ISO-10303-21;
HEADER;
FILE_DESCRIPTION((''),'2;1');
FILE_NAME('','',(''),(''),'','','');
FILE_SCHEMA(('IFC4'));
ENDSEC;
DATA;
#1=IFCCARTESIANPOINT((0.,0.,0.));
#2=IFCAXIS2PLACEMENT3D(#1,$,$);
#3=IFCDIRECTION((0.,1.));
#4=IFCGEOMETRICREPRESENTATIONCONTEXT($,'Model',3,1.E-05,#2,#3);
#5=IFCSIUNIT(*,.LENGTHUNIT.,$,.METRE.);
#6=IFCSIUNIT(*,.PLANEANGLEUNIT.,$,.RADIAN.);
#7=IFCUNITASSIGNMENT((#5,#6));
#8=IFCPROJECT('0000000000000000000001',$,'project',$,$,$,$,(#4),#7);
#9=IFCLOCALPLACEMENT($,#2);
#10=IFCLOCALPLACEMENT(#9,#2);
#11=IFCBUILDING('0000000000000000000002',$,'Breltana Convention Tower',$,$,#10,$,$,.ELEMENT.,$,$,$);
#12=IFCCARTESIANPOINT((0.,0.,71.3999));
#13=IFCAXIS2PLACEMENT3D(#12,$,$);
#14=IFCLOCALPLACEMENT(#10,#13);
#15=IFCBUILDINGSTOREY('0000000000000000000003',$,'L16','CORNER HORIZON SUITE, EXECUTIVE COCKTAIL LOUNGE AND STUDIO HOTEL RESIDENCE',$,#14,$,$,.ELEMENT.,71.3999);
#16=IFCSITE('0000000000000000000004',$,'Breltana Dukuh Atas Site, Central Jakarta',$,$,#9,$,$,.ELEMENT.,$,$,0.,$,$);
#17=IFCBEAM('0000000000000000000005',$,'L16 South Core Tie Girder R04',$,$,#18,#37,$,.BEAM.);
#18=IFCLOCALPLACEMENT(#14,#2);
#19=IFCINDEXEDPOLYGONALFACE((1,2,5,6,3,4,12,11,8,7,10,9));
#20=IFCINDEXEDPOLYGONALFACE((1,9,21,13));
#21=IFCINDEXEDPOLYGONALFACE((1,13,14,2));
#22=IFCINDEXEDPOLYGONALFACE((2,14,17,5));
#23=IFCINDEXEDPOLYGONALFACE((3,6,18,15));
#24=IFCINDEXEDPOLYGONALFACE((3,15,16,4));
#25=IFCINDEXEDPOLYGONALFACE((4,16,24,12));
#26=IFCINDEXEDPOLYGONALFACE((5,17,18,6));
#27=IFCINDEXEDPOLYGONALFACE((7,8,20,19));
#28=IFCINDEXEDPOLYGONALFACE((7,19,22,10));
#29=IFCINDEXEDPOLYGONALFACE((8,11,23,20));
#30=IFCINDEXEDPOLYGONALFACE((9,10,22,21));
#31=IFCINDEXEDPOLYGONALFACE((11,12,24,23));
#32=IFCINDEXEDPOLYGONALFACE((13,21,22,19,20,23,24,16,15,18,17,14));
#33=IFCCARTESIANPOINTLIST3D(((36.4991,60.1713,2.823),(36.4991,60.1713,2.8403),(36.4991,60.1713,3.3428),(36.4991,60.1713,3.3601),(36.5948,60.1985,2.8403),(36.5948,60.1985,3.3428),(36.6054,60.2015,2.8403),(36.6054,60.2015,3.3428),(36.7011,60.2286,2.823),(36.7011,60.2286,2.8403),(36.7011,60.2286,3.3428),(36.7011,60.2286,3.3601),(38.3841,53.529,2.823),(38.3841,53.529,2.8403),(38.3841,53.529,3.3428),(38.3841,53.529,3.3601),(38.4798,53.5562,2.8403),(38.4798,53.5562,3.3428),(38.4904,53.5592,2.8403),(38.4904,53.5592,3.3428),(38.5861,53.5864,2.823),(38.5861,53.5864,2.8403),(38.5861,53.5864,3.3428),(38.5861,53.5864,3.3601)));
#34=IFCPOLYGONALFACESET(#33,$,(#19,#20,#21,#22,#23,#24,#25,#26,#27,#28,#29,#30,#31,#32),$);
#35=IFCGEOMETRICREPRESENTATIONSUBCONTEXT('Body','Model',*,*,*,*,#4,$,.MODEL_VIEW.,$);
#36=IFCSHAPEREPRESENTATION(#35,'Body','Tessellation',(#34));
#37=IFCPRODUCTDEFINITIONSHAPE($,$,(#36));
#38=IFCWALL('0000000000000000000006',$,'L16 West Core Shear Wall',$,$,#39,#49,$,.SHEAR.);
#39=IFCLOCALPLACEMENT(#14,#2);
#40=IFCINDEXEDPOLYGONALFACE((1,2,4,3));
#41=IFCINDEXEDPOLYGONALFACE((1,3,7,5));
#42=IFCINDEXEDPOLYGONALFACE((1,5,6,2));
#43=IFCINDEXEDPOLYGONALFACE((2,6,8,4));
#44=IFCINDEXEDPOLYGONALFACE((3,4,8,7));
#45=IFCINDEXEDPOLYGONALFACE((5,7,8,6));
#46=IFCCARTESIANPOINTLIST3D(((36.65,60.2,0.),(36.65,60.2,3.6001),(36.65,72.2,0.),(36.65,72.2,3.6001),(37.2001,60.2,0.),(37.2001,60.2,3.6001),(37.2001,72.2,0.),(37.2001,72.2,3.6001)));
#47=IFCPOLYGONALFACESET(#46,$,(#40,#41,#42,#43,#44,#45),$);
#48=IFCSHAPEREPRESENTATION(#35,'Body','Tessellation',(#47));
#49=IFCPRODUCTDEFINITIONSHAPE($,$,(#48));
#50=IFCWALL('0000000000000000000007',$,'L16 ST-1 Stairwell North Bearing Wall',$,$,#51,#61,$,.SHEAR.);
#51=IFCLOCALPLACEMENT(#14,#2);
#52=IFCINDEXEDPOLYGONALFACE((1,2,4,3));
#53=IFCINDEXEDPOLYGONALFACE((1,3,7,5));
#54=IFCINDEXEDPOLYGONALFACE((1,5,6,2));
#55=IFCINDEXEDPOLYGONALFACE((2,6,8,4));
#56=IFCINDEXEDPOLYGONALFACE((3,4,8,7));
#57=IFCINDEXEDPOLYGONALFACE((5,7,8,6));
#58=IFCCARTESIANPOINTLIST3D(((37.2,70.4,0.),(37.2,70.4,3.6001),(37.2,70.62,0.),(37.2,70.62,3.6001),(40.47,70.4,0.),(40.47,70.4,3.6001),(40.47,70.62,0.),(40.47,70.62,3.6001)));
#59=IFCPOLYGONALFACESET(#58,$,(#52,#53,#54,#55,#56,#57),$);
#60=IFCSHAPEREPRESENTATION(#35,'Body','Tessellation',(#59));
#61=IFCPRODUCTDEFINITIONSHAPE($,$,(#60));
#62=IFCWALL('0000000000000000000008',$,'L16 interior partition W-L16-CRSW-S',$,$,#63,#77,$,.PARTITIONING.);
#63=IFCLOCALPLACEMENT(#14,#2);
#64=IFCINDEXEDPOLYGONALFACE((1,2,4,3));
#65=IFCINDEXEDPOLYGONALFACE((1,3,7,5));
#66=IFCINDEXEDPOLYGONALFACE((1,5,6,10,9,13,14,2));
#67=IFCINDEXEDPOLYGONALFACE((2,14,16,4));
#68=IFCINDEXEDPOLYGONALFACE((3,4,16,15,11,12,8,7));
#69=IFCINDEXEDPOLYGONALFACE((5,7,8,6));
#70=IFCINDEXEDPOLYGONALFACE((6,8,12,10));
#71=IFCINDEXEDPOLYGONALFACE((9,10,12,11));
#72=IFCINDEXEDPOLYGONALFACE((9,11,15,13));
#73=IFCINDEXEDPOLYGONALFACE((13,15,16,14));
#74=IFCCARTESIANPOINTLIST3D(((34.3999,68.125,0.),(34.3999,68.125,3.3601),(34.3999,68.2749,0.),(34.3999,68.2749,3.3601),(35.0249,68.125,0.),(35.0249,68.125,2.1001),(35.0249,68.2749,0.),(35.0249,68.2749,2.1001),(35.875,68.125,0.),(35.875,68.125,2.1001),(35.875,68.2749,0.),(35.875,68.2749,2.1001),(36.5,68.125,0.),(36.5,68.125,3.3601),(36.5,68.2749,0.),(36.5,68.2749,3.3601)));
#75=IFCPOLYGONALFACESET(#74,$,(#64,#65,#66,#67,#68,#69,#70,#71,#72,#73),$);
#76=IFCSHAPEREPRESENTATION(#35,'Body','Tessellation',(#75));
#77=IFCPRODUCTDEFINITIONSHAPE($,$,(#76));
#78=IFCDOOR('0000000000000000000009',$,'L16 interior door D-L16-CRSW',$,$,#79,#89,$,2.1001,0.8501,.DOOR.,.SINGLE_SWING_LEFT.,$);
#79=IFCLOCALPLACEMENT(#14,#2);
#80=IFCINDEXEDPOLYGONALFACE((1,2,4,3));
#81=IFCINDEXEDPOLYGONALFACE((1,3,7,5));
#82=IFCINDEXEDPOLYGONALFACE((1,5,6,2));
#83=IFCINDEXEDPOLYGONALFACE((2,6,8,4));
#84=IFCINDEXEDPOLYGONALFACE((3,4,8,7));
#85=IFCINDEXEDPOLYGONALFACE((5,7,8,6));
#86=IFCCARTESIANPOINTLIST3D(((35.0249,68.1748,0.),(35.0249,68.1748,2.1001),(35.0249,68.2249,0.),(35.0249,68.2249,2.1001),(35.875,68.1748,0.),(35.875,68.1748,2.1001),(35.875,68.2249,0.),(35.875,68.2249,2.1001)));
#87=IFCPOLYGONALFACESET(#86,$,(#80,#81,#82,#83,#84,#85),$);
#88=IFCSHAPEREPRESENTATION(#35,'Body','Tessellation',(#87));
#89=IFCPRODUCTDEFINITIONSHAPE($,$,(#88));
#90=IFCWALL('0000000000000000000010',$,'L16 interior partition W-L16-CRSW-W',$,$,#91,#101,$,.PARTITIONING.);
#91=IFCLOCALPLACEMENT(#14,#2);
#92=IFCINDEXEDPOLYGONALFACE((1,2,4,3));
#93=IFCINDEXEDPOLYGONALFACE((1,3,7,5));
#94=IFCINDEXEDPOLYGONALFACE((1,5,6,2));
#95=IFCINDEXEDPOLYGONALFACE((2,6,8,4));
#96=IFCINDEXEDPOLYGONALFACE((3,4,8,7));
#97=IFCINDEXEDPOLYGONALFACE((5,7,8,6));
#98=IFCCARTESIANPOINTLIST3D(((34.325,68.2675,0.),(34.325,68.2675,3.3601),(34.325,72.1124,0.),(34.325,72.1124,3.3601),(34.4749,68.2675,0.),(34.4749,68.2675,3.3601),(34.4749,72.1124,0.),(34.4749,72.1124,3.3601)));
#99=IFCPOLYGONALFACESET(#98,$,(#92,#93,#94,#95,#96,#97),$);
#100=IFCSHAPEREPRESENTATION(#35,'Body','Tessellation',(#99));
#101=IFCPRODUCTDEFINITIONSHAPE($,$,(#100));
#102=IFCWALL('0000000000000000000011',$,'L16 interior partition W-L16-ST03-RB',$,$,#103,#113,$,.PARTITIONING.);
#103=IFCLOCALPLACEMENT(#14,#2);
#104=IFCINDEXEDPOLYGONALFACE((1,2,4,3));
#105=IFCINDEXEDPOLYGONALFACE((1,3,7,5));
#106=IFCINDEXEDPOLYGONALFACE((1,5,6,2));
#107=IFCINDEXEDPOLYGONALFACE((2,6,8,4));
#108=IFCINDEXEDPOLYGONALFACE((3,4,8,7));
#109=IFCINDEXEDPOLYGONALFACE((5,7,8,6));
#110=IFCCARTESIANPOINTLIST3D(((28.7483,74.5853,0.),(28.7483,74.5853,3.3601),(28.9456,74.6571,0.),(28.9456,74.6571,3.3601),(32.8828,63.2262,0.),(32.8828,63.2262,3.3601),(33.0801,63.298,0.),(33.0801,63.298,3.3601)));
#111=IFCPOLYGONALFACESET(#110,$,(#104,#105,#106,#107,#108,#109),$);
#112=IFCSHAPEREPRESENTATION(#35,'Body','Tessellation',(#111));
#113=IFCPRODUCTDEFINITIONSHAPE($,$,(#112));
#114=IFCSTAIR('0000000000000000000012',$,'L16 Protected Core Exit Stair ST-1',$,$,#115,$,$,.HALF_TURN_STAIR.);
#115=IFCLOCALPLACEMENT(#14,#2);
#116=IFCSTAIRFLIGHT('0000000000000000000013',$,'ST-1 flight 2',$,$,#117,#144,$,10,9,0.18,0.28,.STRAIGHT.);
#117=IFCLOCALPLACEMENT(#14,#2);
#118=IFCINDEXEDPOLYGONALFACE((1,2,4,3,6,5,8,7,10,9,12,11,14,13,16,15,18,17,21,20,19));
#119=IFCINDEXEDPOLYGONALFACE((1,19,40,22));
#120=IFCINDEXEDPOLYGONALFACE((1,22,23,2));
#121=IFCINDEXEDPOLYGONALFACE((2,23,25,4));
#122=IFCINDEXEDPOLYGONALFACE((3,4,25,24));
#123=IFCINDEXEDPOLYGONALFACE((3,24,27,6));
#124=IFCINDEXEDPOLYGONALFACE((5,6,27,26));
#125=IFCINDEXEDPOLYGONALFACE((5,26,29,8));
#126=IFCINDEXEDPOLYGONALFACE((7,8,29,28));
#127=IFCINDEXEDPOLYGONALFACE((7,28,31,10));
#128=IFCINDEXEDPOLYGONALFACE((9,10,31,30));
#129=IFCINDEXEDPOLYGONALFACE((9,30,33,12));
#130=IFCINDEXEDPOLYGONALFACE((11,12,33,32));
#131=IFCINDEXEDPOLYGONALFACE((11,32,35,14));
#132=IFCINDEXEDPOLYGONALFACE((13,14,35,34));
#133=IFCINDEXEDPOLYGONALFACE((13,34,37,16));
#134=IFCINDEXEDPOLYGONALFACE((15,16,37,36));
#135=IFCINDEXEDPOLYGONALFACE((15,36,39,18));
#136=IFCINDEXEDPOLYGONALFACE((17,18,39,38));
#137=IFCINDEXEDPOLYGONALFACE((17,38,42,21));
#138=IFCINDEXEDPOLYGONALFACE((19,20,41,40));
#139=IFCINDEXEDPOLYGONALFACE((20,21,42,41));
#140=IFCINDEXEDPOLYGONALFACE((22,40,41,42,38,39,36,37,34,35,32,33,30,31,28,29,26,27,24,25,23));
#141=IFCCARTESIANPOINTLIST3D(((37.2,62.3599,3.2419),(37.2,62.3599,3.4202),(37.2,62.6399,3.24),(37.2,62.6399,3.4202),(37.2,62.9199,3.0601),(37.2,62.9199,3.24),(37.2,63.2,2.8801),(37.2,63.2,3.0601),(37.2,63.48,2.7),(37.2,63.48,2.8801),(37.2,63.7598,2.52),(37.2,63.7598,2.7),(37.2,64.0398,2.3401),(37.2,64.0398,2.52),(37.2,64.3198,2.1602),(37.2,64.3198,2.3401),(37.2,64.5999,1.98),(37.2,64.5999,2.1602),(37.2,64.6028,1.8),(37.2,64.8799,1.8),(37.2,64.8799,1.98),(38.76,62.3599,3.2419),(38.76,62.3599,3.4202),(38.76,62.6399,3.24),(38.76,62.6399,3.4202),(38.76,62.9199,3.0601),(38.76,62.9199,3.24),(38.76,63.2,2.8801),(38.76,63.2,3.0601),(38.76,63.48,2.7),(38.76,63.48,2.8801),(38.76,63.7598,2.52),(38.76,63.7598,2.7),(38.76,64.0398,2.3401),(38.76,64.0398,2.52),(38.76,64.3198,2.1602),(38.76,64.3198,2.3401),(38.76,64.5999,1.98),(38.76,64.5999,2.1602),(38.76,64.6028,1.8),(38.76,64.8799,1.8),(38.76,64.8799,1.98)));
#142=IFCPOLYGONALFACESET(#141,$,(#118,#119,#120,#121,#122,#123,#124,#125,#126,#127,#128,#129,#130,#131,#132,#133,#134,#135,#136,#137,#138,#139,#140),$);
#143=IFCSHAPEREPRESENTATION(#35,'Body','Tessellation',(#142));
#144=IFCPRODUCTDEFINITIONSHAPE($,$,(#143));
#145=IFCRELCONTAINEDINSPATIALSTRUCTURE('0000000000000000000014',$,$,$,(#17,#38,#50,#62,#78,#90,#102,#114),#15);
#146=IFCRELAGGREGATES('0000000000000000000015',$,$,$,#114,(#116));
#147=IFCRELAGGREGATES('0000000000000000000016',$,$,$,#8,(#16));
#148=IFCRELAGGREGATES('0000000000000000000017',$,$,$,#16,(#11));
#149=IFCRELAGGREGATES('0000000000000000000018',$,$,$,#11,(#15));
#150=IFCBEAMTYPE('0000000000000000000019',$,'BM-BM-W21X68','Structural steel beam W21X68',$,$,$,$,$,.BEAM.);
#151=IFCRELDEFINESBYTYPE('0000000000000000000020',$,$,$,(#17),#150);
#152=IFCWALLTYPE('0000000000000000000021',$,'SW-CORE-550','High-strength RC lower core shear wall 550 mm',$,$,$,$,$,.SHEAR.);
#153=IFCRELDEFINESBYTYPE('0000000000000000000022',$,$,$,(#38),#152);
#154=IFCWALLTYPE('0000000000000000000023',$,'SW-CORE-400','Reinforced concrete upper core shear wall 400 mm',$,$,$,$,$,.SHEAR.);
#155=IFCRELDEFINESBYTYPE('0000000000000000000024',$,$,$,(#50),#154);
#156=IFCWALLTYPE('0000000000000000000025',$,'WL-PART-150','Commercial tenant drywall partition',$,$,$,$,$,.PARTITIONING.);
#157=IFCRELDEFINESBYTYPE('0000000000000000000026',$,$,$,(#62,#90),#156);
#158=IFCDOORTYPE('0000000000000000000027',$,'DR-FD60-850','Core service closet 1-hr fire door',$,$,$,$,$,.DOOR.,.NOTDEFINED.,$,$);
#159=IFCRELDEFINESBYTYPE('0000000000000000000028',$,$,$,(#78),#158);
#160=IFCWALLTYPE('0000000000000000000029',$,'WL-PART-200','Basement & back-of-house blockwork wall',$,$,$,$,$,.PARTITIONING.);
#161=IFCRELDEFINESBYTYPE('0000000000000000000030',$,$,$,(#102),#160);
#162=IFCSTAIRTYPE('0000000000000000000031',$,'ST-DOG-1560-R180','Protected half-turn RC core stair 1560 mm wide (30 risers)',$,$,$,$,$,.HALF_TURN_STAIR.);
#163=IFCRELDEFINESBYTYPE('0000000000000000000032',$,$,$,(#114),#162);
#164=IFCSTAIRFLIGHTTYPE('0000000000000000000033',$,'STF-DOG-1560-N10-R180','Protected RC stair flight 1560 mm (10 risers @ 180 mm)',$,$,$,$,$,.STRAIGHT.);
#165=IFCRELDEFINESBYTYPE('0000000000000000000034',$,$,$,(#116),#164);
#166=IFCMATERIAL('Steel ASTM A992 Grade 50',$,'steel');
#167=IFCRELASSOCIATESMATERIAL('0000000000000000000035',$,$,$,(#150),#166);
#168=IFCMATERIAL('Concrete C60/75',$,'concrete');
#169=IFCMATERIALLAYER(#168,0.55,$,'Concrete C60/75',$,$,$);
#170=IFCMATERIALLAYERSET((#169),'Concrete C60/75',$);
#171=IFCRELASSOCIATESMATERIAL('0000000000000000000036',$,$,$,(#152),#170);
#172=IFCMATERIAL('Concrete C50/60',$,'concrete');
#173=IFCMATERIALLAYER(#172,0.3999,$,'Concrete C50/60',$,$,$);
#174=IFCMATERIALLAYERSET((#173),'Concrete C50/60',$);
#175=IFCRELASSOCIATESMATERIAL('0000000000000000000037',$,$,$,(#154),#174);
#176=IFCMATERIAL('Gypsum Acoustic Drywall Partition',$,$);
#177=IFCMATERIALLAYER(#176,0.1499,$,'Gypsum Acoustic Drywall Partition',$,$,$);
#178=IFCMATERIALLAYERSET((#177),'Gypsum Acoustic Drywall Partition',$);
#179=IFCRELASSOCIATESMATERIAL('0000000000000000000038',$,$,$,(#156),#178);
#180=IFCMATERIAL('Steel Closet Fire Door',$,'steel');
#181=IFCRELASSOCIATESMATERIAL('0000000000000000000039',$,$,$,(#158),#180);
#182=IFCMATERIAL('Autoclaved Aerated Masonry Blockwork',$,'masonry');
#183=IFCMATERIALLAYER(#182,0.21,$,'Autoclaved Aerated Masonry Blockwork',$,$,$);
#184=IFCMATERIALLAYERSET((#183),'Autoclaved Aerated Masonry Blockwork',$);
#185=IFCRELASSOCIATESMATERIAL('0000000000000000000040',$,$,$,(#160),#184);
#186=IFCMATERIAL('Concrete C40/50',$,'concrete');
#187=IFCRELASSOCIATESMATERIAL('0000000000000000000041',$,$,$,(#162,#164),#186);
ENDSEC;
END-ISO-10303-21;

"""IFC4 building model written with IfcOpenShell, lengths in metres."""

from ifc_helpers import new_model, si_unit, direction, frame, frame_2d, origin, origin_2d, place, context, subcontext, project, spatial, polyline, rectangle, i_section, outline, extrude, source, transform, mapped, material, layer, layer_set, material_profile, profile_set, type_object, type_shapes, element, fill, aggregate, save


model = new_model("IFC4")

# Units and contexts
model_context = context("Model", 3, precision=1e-05, world=origin(), true_north=direction((0.0, 1.0)))
body_context = subcontext(model_context, "Body", "Model", "MODEL_VIEW")
ifc_project = project(units=[si_unit("LENGTHUNIT", "METRE"), si_unit("PLANEANGLEUNIT", "RADIAN")], contexts=[model_context])

# Site, building, storey
site_placement = place(None, origin())
site = spatial("IfcSite", under=ifc_project, at=site_placement, Name="Breltana Dukuh Atas Site, Central Jakarta", CompositionType="ELEMENT", RefElevation=0.0)
building_placement = place(site_placement, origin())
building = spatial("IfcBuilding", under=site, at=building_placement, Name="Breltana Convention Tower", CompositionType="ELEMENT")
storey_placement = place(building_placement, frame((0.0, 0.0, 71.3999)))
storey = spatial("IfcBuildingStorey", under=building, at=storey_placement, Name="L16", Description="CORNER HORIZON SUITE, EXECUTIVE COCKTAIL LOUNGE AND STUDIO HOTEL RESIDENCE", CompositionType="ELEMENT", Elevation=71.3999)

# Beam
ifc_material_1 = material(Name="Steel ASTM A992 Grade 50", Category="steel")
ifc_material_profile = material_profile(ifc_material_1, i_section(OverallWidth=0.21, OverallDepth=0.5371, WebThickness=0.011, FlangeThickness=0.0173, at=origin_2d()), Name="W21X68")
ifc_profile_set = profile_set([ifc_material_profile], Name="Steel ASTM A992 Grade 50")
beam_type = type_object("IfcBeamType", Name="BM-BM-W21X68", Description="Structural steel beam W21X68", PredefinedType="BEAM", material=ifc_profile_set)
shared_shape_1 = source(origin(), body_context, "Body", "SweptSolid", [
    extrude(i_section(OverallWidth=0.21, OverallDepth=0.5371, WebThickness=0.011, FlangeThickness=0.0173, at=origin_2d()), origin(), (0.0, 0.0, 1.0), 6.9045),
])
type_shapes(beam_type, [shared_shape_1])
beam_placement = place(storey_placement, frame((36.6001, 60.2, 3.0916), z_axis=(0.273007, -0.962012, 0.0), x_axis=(0.962012, 0.273007, 0.0)))
element("IfcBeam", 1, at=beam_placement, inside=storey, type_object=beam_type, Name="L16 South Core Tie Girder R04", PredefinedType="BEAM", context=body_context, shape_type="MappedRepresentation", body=[
    mapped(shared_shape_1, transform((0.0, 0.0, 0.0), scale=1.0)),
])

# Wall
ifc_material_2 = material(Name="Concrete C60/75", Category="concrete")
ifc_layer_1 = layer(ifc_material_2, 0.55, Name="Concrete C60/75")
ifc_layer_set_1 = layer_set([ifc_layer_1], Name="Concrete C60/75")
wall_type_1 = type_object("IfcWallType", Name="SW-CORE-550", Description="High-strength RC lower core shear wall 550 mm", PredefinedType="SHEAR", material=ifc_layer_set_1)
shared_shape_2 = source(origin(), body_context, "Body", "SweptSolid", [
    extrude(rectangle(XDim=12.0, YDim=0.55, at=frame_2d((6.0, 0.0))), origin(), (0.0, 0.0, 1.0), 3.6001),
])
wall_1_placement = place(storey_placement, frame((36.925, 60.2, 0.0), z_axis=(0.0, 0.0, 1.0), x_axis=(0.0, 1.0, 0.0)))
element("IfcWall", 2, at=wall_1_placement, inside=storey, type_object=wall_type_1, Name="L16 West Core Shear Wall", PredefinedType="SHEAR", context=body_context, shape_type="MappedRepresentation", body=[
    mapped(shared_shape_2, transform((0.0, 0.0, 0.0), scale=1.0)),
])

# Wall
ifc_material_3 = material(Name="Concrete C50/60", Category="concrete")
ifc_layer_2 = layer(ifc_material_3, 0.3999, Name="Concrete C50/60")
ifc_layer_set_2 = layer_set([ifc_layer_2], Name="Concrete C50/60")
wall_type_2 = type_object("IfcWallType", Name="SW-CORE-400", Description="Reinforced concrete upper core shear wall 400 mm", PredefinedType="SHEAR", material=ifc_layer_set_2)
shared_shape_3 = source(origin(), body_context, "Body", "SweptSolid", [
    extrude(rectangle(XDim=3.27, YDim=0.22, at=frame_2d((1.635, 0.0))), origin(), (0.0, 0.0, 1.0), 3.6001),
])
wall_2_placement = place(storey_placement, frame((37.2, 70.51, 0.0), z_axis=(0.0, 0.0, 1.0), x_axis=(1.0, 0.0, 0.0)))
element("IfcWall", 3, at=wall_2_placement, inside=storey, type_object=wall_type_2, Name="L16 ST-1 Stairwell North Bearing Wall", PredefinedType="SHEAR", context=body_context, shape_type="MappedRepresentation", body=[
    mapped(shared_shape_3, transform((0.0, 0.0, 0.0), scale=1.0)),
])

# Wall, opening, door
ifc_material_4 = material(Name="Gypsum Acoustic Drywall Partition")
ifc_layer_3 = layer(ifc_material_4, 0.1499, Name="Gypsum Acoustic Drywall Partition")
ifc_layer_set_3 = layer_set([ifc_layer_3], Name="Gypsum Acoustic Drywall Partition")
wall_type_3 = type_object("IfcWallType", Name="WL-PART-150", Description="Commercial tenant drywall partition", PredefinedType="PARTITIONING", material=ifc_layer_set_3)
shared_shape_4 = source(origin(), body_context, "Body", "SweptSolid", [
    extrude(rectangle(XDim=2.1001, YDim=0.1499, at=frame_2d((1.05, 0.0))), origin(), (0.0, 0.0, 1.0), 3.3601),
])
wall_3_placement = place(storey_placement, frame((34.3999, 68.2, 0.0), z_axis=(0.0, 0.0, 1.0), x_axis=(1.0, 0.0, 0.0)))
wall_3 = element("IfcWall", 4, at=wall_3_placement, inside=storey, type_object=wall_type_3, Name="L16 interior partition W-L16-CRSW-S", PredefinedType="PARTITIONING", context=body_context, shape_type="MappedRepresentation", body=[
    mapped(shared_shape_4, transform((0.0, 0.0, 0.0), scale=1.0)),
])
opening_1_placement = place(wall_3_placement, frame((0.625, 0.0, 0.0)))
opening_1 = element("IfcOpeningElement", 5, at=opening_1_placement, cuts=wall_3, PredefinedType="OPENING", context=body_context, shape_type="SweptSolid", body=[
    extrude(rectangle(XDim=0.8501, YDim=2.1001, at=frame_2d((0.425, 1.05))), frame((0.0, 0.085, 0.0), z_axis=(0.0, -1.0, 0.0), x_axis=(1.0, 0.0, 0.0)), (0.0, 0.0, 1.0), 0.1699),
])
ifc_material_5 = material(Name="Steel Closet Fire Door", Category="steel")
door_type_1 = type_object("IfcDoorType", Name="DR-FD60-850", Description="Core service closet 1-hr fire door", OperationType="NOTDEFINED", PredefinedType="DOOR", material=ifc_material_5)
shared_shape_5 = source(origin(), body_context, "Body", "SweptSolid", [
    extrude(rectangle(XDim=0.8501, YDim=2.1001, at=frame_2d((0.425, 1.05))), frame((0.0, 0.0249, 0.0), z_axis=(0.0, -1.0, 0.0), x_axis=(1.0, 0.0, 0.0)), (0.0, 0.0, 1.0), 0.05),
])
type_shapes(door_type_1, [shared_shape_5])
door_1_placement = place(opening_1_placement, origin())
door_1 = element("IfcDoor", 6, at=door_1_placement, inside=storey, type_object=door_type_1, Name="L16 interior door D-L16-CRSW", OperationType="SINGLE_SWING_LEFT", OverallHeight=2.1001, OverallWidth=0.8501, PredefinedType="DOOR", context=body_context, shape_type="MappedRepresentation", body=[
    mapped(shared_shape_5, transform((0.0, 0.0, 0.0), scale=1.0)),
])
fill(opening_1, door_1)

# Walls
shared_shape_6 = source(origin(), body_context, "Body", "SweptSolid", [
    extrude(rectangle(XDim=3.845, YDim=0.1499, at=frame_2d((1.9224, 0.0))), origin(), (0.0, 0.0, 1.0), 3.3601),
])
wall_4_placement = place(storey_placement, frame((34.3999, 68.2676, 0.0), z_axis=(0.0, 0.0, 1.0), x_axis=(0.0, 1.0, 0.0)))
element("IfcWall", 7, at=wall_4_placement, inside=storey, type_object=wall_type_3, Name="L16 interior partition W-L16-CRSW-W", PredefinedType="PARTITIONING", context=body_context, shape_type="MappedRepresentation", body=[
    mapped(shared_shape_6, transform((0.0, 0.0, 0.0), scale=1.0)),
])
ifc_material_6 = material(Name="Autoclaved Aerated Masonry Blockwork", Category="masonry")
ifc_layer_4 = layer(ifc_material_6, 0.21, Name="Autoclaved Aerated Masonry Blockwork")
ifc_layer_set_4 = layer_set([ifc_layer_4], Name="Autoclaved Aerated Masonry Blockwork")
wall_type_4 = type_object("IfcWallType", Name="WL-PART-200", Description="Basement & back-of-house blockwork wall", PredefinedType="PARTITIONING", material=ifc_layer_set_4)
shared_shape_7 = source(origin(), body_context, "Body", "SweptSolid", [
    extrude(rectangle(XDim=12.0881, YDim=0.21, at=frame_2d((6.0439, 0.0))), origin(), (0.0, 0.0, 1.0), 3.3601),
])
wall_5_placement = place(storey_placement, frame((32.9814, 63.2622, 0.0), z_axis=(0.0, 0.0, 1.0), x_axis=(-0.34203, 0.939689, 0.0)))
element("IfcWall", 8, at=wall_5_placement, inside=storey, type_object=wall_type_4, Name="L16 interior partition W-L16-ST03-RB", PredefinedType="PARTITIONING", context=body_context, shape_type="MappedRepresentation", body=[
    mapped(shared_shape_7, transform((0.0, 0.0, 0.0), scale=1.0)),
])

# Stair, stair flight
ifc_material_7 = material(Name="Concrete C40/50", Category="concrete")
stair_type = type_object("IfcStairType", Name="ST-DOG-1560-R180", Description="Protected half-turn RC core stair 1560 mm wide (30 risers)", PredefinedType="HALF_TURN_STAIR", material=ifc_material_7)
stair_placement = place(storey_placement, origin())
stair = element("IfcStair", 9, at=stair_placement, inside=storey, type_object=stair_type, Name="L16 Protected Core Exit Stair ST-1", PredefinedType="HALF_TURN_STAIR")
stair_flight_type = type_object("IfcStairFlightType", Name="STF-DOG-1560-N10-R180", Description="Protected RC stair flight 1560 mm (10 risers @ 180 mm)", PredefinedType="STRAIGHT", material=ifc_material_7)
stair_flight_placement = place(storey_placement, frame((37.98, 64.8799, 1.8), z_axis=(0.0, 0.0, 1.0), x_axis=(0.0, -1.0, 0.0)))
stair_flight = element("IfcStairFlight", 10, at=stair_flight_placement, type_object=stair_flight_type, Name="ST-1 flight 2", NumberOfRisers=10, NumberOfTreads=9, PredefinedType="STRAIGHT", RiserHeight=0.18, TreadLength=0.28, context=body_context, shape_type="SweptSolid", body=[
    extrude(outline(polyline([(0.0, 0.0), (0.0, 0.1799), (0.28, 0.1799), (0.28, 0.3601), (0.5601, 0.3601), (0.5601, 0.54), (0.8401, 0.54), (0.8401, 0.72), (1.1201, 0.72), (1.1201, 0.8999), (1.3999, 0.8999), (1.3999, 1.0801), (1.6799, 1.0801), (1.6799, 1.26), (1.96, 1.26), (1.96, 1.4399), (2.24, 1.4399), (2.24, 1.6201), (2.52, 1.6201), (2.52, 1.8), (2.52, 1.4419), (0.2771, 0.0), (0.0, 0.0)])), frame((0.0, 0.78, 0.0), z_axis=(0.0, -1.0, 0.0), x_axis=(1.0, 0.0, 0.0)), (0.0, 0.0, 1.0), 1.5601),
])
aggregate(stair, [stair_flight])

save(model, "model.ifc")
